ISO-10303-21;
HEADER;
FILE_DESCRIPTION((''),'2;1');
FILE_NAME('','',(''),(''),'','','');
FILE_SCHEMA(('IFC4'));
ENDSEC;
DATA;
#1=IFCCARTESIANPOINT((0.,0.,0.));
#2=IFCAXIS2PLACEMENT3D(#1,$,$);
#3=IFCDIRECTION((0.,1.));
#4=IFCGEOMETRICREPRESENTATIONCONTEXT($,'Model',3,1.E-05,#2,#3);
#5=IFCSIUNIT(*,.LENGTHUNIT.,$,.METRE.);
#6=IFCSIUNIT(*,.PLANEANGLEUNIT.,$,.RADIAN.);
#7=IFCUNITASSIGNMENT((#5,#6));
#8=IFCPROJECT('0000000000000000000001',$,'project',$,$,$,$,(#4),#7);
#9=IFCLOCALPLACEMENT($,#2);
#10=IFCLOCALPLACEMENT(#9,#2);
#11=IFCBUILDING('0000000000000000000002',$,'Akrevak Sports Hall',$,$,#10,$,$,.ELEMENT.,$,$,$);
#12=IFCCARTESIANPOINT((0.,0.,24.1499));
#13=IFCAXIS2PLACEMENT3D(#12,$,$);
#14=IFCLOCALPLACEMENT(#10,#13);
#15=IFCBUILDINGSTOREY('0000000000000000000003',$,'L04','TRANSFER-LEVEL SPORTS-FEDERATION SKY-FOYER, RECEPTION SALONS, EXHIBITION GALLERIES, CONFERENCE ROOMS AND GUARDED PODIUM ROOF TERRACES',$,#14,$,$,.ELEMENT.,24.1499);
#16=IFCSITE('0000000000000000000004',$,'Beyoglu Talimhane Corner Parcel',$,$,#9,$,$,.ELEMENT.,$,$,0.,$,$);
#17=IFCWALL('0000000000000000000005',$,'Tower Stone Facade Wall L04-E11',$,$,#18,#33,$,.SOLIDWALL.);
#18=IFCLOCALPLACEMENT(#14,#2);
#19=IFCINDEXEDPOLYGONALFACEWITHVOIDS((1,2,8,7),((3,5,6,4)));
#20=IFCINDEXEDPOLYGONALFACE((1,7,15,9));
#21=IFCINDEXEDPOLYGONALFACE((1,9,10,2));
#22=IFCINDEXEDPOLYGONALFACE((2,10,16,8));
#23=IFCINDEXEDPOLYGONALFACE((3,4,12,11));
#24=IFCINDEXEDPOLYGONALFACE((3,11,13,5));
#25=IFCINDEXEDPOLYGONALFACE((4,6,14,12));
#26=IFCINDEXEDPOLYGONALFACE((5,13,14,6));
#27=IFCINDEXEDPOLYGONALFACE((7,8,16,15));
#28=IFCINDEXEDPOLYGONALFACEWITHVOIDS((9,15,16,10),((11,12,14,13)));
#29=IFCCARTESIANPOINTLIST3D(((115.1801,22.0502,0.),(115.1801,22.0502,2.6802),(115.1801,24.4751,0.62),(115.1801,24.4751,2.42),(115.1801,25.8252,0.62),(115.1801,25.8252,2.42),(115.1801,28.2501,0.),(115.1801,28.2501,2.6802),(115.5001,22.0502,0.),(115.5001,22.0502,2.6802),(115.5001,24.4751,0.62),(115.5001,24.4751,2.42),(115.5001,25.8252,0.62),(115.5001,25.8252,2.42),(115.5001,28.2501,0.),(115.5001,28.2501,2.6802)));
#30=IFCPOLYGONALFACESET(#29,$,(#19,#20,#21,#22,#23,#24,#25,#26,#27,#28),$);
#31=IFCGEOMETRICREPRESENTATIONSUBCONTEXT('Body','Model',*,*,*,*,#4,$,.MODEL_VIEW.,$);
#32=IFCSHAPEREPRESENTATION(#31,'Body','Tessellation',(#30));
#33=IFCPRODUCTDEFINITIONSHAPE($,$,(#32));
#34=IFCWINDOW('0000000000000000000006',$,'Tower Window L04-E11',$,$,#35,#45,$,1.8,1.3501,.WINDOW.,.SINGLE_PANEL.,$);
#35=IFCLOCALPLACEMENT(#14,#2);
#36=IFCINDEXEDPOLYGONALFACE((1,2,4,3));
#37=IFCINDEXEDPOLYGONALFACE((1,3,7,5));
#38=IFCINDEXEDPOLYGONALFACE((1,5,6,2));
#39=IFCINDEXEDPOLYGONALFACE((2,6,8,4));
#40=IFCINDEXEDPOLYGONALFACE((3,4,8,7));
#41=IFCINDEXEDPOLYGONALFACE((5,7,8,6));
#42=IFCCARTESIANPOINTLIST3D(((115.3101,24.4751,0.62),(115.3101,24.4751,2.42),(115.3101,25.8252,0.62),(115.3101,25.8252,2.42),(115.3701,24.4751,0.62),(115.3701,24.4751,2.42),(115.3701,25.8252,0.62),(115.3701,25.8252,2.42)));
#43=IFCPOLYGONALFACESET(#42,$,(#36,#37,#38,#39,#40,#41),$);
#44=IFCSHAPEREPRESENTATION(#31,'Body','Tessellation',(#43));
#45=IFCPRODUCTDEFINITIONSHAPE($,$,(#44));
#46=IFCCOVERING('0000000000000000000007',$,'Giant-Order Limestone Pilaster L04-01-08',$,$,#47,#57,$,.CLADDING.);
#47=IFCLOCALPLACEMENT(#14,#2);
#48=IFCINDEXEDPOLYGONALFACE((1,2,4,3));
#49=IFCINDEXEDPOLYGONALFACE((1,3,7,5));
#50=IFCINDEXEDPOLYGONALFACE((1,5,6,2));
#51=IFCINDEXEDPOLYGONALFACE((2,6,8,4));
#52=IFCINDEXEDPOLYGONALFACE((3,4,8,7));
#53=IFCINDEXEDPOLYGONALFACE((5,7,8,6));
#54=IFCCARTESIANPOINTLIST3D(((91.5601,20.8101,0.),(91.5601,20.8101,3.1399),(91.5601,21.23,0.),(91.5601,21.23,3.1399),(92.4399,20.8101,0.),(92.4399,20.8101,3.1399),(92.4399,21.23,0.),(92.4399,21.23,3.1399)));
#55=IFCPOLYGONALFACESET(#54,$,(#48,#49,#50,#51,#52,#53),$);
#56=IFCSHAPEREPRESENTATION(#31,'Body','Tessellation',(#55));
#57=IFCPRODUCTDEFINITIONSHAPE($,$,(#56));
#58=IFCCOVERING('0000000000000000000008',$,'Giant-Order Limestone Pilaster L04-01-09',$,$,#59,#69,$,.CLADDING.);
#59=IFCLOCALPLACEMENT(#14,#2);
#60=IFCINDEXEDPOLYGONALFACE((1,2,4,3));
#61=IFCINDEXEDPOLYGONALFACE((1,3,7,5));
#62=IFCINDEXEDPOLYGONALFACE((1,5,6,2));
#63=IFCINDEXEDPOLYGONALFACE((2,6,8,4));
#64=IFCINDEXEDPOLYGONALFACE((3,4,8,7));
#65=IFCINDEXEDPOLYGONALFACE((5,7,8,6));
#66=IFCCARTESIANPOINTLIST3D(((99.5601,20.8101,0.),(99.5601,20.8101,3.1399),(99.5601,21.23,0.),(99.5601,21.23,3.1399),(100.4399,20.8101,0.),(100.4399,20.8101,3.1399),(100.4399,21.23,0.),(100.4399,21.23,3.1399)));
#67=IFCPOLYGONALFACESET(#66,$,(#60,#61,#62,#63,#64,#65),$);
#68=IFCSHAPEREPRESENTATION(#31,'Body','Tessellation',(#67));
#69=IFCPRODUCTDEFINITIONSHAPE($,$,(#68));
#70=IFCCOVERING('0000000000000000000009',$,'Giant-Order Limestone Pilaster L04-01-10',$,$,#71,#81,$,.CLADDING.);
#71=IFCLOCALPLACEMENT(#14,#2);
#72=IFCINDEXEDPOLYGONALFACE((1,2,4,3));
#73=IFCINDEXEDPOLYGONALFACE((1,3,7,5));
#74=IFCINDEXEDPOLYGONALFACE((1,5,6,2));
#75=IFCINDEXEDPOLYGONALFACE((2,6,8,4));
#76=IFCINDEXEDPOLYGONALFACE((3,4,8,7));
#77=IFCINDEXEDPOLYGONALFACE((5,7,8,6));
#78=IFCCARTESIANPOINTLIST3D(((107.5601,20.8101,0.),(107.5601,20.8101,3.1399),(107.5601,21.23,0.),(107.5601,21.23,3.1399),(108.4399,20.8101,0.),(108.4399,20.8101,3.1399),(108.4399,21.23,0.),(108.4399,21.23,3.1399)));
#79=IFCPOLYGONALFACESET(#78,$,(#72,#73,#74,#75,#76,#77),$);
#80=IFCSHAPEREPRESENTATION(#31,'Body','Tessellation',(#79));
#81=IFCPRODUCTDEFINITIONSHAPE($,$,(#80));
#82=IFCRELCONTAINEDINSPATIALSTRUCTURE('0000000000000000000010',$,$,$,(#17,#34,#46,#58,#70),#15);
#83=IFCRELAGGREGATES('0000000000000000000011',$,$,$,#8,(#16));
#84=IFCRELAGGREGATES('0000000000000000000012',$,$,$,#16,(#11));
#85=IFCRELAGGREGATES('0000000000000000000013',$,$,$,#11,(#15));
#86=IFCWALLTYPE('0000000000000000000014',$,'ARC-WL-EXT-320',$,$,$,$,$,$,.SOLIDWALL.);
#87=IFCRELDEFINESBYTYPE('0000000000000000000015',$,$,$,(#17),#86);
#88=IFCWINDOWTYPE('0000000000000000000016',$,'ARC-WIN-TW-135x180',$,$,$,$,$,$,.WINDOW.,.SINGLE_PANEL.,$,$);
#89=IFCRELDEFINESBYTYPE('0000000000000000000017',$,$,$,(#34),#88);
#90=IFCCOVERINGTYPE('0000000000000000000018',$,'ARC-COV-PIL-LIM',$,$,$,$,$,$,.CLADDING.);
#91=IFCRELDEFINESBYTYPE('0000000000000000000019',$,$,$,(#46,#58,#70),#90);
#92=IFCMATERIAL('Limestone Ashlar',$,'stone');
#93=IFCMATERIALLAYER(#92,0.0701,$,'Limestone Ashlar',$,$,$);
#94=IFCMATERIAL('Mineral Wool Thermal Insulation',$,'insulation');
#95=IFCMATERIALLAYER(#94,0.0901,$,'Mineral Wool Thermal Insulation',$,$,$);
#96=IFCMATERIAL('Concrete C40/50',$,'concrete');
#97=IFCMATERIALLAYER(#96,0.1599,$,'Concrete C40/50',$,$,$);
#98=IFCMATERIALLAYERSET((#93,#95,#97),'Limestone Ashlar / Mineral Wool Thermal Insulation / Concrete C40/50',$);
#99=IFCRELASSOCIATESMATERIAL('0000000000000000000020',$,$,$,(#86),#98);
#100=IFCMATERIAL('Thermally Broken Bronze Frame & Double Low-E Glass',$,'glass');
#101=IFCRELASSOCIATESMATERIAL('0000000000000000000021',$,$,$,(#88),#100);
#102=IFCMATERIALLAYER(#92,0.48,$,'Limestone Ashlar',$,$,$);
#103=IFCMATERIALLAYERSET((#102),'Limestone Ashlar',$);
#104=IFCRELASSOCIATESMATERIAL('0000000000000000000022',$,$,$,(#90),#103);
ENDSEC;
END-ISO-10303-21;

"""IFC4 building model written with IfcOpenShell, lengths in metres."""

from ifc_helpers import new_model, si_unit, direction, frame, frame_2d, origin, origin_2d, place, context, subcontext, project, spatial, rectangle, extrude, material, layer, layer_set, type_object, element, fill, save


model = new_model("IFC4")

# Units and contexts
model_context = context("Model", 3, precision=1e-05, world=origin(), true_north=direction((0.0, 1.0)))
body_context = subcontext(model_context, "Body", "Model", "MODEL_VIEW")
ifc_project = project(units=[si_unit("LENGTHUNIT", "METRE"), si_unit("PLANEANGLEUNIT", "RADIAN")], contexts=[model_context])

# Site, building, storey
site_placement = place(None, origin())
site = spatial("IfcSite", under=ifc_project, at=site_placement, Name="Beyoglu Talimhane Corner Parcel", CompositionType="ELEMENT", RefElevation=0.0)
building_placement = place(site_placement, origin())
building = spatial("IfcBuilding", under=site, at=building_placement, Name="Akrevak Sports Hall", CompositionType="ELEMENT")
storey_placement = place(building_placement, frame((0.0, 0.0, 24.1499)))
storey = spatial("IfcBuildingStorey", under=building, at=storey_placement, Name="L04", Description="TRANSFER-LEVEL SPORTS-FEDERATION SKY-FOYER, RECEPTION SALONS, EXHIBITION GALLERIES, CONFERENCE ROOMS AND GUARDED PODIUM ROOF TERRACES", CompositionType="ELEMENT", Elevation=24.1499)

# Shared definitions
ifc_material_1 = material(Name="Concrete C40/50", Category="concrete")

# Wall, opening, window
ifc_material_2 = material(Name="Limestone Ashlar", Category="stone")
ifc_layer_1 = layer(ifc_material_2, 0.0701, Name="Limestone Ashlar")
ifc_material_3 = material(Name="Mineral Wool Thermal Insulation", Category="insulation")
ifc_layer_2 = layer(ifc_material_3, 0.0901, Name="Mineral Wool Thermal Insulation")
ifc_layer_3 = layer(ifc_material_1, 0.1599, Name="Concrete C40/50")
ifc_layer_set_1 = layer_set([ifc_layer_1, ifc_layer_2, ifc_layer_3], Name="Limestone Ashlar / Mineral Wool Thermal Insulation / Concrete C40/50")
wall_type = type_object("IfcWallType", Name="ARC-WL-EXT-320", PredefinedType="SOLIDWALL", material=ifc_layer_set_1)
ifc_material_4 = material(Name="Thermally Broken Bronze Frame & Double Low-E Glass", Category="glass")
wall_1_placement = place(storey_placement, frame((115.3401, 22.05, 0.0), z_axis=(0.0, 0.0, 1.0), x_axis=(0.0, 1.0, 0.0)))
wall_1 = element("IfcWall", 1, at=wall_1_placement, inside=storey, type_object=wall_type, Name="Tower Stone Facade Wall L04-E11", PredefinedType="SOLIDWALL", context=body_context, shape_type="SweptSolid", body=[
    extrude(rectangle(XDim=6.2, YDim=0.3201, at=frame_2d((3.1001, 0.0))), origin(), (0.0, 0.0, 1.0), 2.6802),
])
opening_1_placement = place(wall_1_placement, frame((2.425, 0.0, 0.6201)))
opening_1 = element("IfcOpeningElement", 2, at=opening_1_placement, cuts=wall_1, PredefinedType="OPENING", context=body_context, shape_type="SweptSolid", body=[
    extrude(rectangle(XDim=1.3501, YDim=1.8, at=frame_2d((0.675, 0.8999))), frame((0.0, 0.1719, 0.0), z_axis=(0.0, -1.0, 0.0), x_axis=(1.0, 0.0, 0.0)), (0.0, 0.0, 1.0), 0.344),
])
window_type_1 = type_object("IfcWindowType", Name="ARC-WIN-TW-135x180", PartitioningType="SINGLE_PANEL", PredefinedType="WINDOW", material=ifc_material_4)
window_1_placement = place(opening_1_placement, origin())
window_1 = element("IfcWindow", 3, at=window_1_placement, inside=storey, type_object=window_type_1, Name="Tower Window L04-E11", OverallHeight=1.8, OverallWidth=1.3501, PartitioningType="SINGLE_PANEL", PredefinedType="WINDOW", context=body_context, shape_type="SweptSolid", body=[
    extrude(rectangle(XDim=1.3501, YDim=1.8, at=frame_2d((0.675, 0.8999))), frame((0.0, 0.03, 0.0), z_axis=(0.0, -1.0, 0.0), x_axis=(1.0, 0.0, 0.0)), (0.0, 0.0, 1.0), 0.0601),
])
fill(opening_1, window_1)

# Coverings
ifc_layer_4 = layer(ifc_material_2, 0.48, Name="Limestone Ashlar")
ifc_layer_set_2 = layer_set([ifc_layer_4], Name="Limestone Ashlar")
covering_type = type_object("IfcCoveringType", Name="ARC-COV-PIL-LIM", PredefinedType="CLADDING", material=ifc_layer_set_2)
for number, where, z_axis, x_axis, name in (
    (4, (92.0, 21.02, 0.0), (0.0, 0.0, 1.0), (1.0, 0.0, 0.0), "Giant-Order Limestone Pilaster L04-01-08"),
    (5, (100.0, 21.02, 0.0), (0.0, 0.0, 1.0), (1.0, 0.0, 0.0), "Giant-Order Limestone Pilaster L04-01-09"),
    (6, (108.0, 21.02, 0.0), (0.0, 0.0, 1.0), (1.0, 0.0, 0.0), "Giant-Order Limestone Pilaster L04-01-10"),
):
    element("IfcCovering", number, at=place(storey_placement, frame(where, z_axis=z_axis, x_axis=x_axis)), inside=storey, type_object=covering_type, Name=name, PredefinedType="CLADDING", context=body_context, shape_type="SweptSolid", body=[
        extrude(rectangle(XDim=0.8799, YDim=0.4199, at=origin_2d()), origin(), (0.0, 0.0, 1.0), 3.1399),
    ])

save(model, "model.ifc")
